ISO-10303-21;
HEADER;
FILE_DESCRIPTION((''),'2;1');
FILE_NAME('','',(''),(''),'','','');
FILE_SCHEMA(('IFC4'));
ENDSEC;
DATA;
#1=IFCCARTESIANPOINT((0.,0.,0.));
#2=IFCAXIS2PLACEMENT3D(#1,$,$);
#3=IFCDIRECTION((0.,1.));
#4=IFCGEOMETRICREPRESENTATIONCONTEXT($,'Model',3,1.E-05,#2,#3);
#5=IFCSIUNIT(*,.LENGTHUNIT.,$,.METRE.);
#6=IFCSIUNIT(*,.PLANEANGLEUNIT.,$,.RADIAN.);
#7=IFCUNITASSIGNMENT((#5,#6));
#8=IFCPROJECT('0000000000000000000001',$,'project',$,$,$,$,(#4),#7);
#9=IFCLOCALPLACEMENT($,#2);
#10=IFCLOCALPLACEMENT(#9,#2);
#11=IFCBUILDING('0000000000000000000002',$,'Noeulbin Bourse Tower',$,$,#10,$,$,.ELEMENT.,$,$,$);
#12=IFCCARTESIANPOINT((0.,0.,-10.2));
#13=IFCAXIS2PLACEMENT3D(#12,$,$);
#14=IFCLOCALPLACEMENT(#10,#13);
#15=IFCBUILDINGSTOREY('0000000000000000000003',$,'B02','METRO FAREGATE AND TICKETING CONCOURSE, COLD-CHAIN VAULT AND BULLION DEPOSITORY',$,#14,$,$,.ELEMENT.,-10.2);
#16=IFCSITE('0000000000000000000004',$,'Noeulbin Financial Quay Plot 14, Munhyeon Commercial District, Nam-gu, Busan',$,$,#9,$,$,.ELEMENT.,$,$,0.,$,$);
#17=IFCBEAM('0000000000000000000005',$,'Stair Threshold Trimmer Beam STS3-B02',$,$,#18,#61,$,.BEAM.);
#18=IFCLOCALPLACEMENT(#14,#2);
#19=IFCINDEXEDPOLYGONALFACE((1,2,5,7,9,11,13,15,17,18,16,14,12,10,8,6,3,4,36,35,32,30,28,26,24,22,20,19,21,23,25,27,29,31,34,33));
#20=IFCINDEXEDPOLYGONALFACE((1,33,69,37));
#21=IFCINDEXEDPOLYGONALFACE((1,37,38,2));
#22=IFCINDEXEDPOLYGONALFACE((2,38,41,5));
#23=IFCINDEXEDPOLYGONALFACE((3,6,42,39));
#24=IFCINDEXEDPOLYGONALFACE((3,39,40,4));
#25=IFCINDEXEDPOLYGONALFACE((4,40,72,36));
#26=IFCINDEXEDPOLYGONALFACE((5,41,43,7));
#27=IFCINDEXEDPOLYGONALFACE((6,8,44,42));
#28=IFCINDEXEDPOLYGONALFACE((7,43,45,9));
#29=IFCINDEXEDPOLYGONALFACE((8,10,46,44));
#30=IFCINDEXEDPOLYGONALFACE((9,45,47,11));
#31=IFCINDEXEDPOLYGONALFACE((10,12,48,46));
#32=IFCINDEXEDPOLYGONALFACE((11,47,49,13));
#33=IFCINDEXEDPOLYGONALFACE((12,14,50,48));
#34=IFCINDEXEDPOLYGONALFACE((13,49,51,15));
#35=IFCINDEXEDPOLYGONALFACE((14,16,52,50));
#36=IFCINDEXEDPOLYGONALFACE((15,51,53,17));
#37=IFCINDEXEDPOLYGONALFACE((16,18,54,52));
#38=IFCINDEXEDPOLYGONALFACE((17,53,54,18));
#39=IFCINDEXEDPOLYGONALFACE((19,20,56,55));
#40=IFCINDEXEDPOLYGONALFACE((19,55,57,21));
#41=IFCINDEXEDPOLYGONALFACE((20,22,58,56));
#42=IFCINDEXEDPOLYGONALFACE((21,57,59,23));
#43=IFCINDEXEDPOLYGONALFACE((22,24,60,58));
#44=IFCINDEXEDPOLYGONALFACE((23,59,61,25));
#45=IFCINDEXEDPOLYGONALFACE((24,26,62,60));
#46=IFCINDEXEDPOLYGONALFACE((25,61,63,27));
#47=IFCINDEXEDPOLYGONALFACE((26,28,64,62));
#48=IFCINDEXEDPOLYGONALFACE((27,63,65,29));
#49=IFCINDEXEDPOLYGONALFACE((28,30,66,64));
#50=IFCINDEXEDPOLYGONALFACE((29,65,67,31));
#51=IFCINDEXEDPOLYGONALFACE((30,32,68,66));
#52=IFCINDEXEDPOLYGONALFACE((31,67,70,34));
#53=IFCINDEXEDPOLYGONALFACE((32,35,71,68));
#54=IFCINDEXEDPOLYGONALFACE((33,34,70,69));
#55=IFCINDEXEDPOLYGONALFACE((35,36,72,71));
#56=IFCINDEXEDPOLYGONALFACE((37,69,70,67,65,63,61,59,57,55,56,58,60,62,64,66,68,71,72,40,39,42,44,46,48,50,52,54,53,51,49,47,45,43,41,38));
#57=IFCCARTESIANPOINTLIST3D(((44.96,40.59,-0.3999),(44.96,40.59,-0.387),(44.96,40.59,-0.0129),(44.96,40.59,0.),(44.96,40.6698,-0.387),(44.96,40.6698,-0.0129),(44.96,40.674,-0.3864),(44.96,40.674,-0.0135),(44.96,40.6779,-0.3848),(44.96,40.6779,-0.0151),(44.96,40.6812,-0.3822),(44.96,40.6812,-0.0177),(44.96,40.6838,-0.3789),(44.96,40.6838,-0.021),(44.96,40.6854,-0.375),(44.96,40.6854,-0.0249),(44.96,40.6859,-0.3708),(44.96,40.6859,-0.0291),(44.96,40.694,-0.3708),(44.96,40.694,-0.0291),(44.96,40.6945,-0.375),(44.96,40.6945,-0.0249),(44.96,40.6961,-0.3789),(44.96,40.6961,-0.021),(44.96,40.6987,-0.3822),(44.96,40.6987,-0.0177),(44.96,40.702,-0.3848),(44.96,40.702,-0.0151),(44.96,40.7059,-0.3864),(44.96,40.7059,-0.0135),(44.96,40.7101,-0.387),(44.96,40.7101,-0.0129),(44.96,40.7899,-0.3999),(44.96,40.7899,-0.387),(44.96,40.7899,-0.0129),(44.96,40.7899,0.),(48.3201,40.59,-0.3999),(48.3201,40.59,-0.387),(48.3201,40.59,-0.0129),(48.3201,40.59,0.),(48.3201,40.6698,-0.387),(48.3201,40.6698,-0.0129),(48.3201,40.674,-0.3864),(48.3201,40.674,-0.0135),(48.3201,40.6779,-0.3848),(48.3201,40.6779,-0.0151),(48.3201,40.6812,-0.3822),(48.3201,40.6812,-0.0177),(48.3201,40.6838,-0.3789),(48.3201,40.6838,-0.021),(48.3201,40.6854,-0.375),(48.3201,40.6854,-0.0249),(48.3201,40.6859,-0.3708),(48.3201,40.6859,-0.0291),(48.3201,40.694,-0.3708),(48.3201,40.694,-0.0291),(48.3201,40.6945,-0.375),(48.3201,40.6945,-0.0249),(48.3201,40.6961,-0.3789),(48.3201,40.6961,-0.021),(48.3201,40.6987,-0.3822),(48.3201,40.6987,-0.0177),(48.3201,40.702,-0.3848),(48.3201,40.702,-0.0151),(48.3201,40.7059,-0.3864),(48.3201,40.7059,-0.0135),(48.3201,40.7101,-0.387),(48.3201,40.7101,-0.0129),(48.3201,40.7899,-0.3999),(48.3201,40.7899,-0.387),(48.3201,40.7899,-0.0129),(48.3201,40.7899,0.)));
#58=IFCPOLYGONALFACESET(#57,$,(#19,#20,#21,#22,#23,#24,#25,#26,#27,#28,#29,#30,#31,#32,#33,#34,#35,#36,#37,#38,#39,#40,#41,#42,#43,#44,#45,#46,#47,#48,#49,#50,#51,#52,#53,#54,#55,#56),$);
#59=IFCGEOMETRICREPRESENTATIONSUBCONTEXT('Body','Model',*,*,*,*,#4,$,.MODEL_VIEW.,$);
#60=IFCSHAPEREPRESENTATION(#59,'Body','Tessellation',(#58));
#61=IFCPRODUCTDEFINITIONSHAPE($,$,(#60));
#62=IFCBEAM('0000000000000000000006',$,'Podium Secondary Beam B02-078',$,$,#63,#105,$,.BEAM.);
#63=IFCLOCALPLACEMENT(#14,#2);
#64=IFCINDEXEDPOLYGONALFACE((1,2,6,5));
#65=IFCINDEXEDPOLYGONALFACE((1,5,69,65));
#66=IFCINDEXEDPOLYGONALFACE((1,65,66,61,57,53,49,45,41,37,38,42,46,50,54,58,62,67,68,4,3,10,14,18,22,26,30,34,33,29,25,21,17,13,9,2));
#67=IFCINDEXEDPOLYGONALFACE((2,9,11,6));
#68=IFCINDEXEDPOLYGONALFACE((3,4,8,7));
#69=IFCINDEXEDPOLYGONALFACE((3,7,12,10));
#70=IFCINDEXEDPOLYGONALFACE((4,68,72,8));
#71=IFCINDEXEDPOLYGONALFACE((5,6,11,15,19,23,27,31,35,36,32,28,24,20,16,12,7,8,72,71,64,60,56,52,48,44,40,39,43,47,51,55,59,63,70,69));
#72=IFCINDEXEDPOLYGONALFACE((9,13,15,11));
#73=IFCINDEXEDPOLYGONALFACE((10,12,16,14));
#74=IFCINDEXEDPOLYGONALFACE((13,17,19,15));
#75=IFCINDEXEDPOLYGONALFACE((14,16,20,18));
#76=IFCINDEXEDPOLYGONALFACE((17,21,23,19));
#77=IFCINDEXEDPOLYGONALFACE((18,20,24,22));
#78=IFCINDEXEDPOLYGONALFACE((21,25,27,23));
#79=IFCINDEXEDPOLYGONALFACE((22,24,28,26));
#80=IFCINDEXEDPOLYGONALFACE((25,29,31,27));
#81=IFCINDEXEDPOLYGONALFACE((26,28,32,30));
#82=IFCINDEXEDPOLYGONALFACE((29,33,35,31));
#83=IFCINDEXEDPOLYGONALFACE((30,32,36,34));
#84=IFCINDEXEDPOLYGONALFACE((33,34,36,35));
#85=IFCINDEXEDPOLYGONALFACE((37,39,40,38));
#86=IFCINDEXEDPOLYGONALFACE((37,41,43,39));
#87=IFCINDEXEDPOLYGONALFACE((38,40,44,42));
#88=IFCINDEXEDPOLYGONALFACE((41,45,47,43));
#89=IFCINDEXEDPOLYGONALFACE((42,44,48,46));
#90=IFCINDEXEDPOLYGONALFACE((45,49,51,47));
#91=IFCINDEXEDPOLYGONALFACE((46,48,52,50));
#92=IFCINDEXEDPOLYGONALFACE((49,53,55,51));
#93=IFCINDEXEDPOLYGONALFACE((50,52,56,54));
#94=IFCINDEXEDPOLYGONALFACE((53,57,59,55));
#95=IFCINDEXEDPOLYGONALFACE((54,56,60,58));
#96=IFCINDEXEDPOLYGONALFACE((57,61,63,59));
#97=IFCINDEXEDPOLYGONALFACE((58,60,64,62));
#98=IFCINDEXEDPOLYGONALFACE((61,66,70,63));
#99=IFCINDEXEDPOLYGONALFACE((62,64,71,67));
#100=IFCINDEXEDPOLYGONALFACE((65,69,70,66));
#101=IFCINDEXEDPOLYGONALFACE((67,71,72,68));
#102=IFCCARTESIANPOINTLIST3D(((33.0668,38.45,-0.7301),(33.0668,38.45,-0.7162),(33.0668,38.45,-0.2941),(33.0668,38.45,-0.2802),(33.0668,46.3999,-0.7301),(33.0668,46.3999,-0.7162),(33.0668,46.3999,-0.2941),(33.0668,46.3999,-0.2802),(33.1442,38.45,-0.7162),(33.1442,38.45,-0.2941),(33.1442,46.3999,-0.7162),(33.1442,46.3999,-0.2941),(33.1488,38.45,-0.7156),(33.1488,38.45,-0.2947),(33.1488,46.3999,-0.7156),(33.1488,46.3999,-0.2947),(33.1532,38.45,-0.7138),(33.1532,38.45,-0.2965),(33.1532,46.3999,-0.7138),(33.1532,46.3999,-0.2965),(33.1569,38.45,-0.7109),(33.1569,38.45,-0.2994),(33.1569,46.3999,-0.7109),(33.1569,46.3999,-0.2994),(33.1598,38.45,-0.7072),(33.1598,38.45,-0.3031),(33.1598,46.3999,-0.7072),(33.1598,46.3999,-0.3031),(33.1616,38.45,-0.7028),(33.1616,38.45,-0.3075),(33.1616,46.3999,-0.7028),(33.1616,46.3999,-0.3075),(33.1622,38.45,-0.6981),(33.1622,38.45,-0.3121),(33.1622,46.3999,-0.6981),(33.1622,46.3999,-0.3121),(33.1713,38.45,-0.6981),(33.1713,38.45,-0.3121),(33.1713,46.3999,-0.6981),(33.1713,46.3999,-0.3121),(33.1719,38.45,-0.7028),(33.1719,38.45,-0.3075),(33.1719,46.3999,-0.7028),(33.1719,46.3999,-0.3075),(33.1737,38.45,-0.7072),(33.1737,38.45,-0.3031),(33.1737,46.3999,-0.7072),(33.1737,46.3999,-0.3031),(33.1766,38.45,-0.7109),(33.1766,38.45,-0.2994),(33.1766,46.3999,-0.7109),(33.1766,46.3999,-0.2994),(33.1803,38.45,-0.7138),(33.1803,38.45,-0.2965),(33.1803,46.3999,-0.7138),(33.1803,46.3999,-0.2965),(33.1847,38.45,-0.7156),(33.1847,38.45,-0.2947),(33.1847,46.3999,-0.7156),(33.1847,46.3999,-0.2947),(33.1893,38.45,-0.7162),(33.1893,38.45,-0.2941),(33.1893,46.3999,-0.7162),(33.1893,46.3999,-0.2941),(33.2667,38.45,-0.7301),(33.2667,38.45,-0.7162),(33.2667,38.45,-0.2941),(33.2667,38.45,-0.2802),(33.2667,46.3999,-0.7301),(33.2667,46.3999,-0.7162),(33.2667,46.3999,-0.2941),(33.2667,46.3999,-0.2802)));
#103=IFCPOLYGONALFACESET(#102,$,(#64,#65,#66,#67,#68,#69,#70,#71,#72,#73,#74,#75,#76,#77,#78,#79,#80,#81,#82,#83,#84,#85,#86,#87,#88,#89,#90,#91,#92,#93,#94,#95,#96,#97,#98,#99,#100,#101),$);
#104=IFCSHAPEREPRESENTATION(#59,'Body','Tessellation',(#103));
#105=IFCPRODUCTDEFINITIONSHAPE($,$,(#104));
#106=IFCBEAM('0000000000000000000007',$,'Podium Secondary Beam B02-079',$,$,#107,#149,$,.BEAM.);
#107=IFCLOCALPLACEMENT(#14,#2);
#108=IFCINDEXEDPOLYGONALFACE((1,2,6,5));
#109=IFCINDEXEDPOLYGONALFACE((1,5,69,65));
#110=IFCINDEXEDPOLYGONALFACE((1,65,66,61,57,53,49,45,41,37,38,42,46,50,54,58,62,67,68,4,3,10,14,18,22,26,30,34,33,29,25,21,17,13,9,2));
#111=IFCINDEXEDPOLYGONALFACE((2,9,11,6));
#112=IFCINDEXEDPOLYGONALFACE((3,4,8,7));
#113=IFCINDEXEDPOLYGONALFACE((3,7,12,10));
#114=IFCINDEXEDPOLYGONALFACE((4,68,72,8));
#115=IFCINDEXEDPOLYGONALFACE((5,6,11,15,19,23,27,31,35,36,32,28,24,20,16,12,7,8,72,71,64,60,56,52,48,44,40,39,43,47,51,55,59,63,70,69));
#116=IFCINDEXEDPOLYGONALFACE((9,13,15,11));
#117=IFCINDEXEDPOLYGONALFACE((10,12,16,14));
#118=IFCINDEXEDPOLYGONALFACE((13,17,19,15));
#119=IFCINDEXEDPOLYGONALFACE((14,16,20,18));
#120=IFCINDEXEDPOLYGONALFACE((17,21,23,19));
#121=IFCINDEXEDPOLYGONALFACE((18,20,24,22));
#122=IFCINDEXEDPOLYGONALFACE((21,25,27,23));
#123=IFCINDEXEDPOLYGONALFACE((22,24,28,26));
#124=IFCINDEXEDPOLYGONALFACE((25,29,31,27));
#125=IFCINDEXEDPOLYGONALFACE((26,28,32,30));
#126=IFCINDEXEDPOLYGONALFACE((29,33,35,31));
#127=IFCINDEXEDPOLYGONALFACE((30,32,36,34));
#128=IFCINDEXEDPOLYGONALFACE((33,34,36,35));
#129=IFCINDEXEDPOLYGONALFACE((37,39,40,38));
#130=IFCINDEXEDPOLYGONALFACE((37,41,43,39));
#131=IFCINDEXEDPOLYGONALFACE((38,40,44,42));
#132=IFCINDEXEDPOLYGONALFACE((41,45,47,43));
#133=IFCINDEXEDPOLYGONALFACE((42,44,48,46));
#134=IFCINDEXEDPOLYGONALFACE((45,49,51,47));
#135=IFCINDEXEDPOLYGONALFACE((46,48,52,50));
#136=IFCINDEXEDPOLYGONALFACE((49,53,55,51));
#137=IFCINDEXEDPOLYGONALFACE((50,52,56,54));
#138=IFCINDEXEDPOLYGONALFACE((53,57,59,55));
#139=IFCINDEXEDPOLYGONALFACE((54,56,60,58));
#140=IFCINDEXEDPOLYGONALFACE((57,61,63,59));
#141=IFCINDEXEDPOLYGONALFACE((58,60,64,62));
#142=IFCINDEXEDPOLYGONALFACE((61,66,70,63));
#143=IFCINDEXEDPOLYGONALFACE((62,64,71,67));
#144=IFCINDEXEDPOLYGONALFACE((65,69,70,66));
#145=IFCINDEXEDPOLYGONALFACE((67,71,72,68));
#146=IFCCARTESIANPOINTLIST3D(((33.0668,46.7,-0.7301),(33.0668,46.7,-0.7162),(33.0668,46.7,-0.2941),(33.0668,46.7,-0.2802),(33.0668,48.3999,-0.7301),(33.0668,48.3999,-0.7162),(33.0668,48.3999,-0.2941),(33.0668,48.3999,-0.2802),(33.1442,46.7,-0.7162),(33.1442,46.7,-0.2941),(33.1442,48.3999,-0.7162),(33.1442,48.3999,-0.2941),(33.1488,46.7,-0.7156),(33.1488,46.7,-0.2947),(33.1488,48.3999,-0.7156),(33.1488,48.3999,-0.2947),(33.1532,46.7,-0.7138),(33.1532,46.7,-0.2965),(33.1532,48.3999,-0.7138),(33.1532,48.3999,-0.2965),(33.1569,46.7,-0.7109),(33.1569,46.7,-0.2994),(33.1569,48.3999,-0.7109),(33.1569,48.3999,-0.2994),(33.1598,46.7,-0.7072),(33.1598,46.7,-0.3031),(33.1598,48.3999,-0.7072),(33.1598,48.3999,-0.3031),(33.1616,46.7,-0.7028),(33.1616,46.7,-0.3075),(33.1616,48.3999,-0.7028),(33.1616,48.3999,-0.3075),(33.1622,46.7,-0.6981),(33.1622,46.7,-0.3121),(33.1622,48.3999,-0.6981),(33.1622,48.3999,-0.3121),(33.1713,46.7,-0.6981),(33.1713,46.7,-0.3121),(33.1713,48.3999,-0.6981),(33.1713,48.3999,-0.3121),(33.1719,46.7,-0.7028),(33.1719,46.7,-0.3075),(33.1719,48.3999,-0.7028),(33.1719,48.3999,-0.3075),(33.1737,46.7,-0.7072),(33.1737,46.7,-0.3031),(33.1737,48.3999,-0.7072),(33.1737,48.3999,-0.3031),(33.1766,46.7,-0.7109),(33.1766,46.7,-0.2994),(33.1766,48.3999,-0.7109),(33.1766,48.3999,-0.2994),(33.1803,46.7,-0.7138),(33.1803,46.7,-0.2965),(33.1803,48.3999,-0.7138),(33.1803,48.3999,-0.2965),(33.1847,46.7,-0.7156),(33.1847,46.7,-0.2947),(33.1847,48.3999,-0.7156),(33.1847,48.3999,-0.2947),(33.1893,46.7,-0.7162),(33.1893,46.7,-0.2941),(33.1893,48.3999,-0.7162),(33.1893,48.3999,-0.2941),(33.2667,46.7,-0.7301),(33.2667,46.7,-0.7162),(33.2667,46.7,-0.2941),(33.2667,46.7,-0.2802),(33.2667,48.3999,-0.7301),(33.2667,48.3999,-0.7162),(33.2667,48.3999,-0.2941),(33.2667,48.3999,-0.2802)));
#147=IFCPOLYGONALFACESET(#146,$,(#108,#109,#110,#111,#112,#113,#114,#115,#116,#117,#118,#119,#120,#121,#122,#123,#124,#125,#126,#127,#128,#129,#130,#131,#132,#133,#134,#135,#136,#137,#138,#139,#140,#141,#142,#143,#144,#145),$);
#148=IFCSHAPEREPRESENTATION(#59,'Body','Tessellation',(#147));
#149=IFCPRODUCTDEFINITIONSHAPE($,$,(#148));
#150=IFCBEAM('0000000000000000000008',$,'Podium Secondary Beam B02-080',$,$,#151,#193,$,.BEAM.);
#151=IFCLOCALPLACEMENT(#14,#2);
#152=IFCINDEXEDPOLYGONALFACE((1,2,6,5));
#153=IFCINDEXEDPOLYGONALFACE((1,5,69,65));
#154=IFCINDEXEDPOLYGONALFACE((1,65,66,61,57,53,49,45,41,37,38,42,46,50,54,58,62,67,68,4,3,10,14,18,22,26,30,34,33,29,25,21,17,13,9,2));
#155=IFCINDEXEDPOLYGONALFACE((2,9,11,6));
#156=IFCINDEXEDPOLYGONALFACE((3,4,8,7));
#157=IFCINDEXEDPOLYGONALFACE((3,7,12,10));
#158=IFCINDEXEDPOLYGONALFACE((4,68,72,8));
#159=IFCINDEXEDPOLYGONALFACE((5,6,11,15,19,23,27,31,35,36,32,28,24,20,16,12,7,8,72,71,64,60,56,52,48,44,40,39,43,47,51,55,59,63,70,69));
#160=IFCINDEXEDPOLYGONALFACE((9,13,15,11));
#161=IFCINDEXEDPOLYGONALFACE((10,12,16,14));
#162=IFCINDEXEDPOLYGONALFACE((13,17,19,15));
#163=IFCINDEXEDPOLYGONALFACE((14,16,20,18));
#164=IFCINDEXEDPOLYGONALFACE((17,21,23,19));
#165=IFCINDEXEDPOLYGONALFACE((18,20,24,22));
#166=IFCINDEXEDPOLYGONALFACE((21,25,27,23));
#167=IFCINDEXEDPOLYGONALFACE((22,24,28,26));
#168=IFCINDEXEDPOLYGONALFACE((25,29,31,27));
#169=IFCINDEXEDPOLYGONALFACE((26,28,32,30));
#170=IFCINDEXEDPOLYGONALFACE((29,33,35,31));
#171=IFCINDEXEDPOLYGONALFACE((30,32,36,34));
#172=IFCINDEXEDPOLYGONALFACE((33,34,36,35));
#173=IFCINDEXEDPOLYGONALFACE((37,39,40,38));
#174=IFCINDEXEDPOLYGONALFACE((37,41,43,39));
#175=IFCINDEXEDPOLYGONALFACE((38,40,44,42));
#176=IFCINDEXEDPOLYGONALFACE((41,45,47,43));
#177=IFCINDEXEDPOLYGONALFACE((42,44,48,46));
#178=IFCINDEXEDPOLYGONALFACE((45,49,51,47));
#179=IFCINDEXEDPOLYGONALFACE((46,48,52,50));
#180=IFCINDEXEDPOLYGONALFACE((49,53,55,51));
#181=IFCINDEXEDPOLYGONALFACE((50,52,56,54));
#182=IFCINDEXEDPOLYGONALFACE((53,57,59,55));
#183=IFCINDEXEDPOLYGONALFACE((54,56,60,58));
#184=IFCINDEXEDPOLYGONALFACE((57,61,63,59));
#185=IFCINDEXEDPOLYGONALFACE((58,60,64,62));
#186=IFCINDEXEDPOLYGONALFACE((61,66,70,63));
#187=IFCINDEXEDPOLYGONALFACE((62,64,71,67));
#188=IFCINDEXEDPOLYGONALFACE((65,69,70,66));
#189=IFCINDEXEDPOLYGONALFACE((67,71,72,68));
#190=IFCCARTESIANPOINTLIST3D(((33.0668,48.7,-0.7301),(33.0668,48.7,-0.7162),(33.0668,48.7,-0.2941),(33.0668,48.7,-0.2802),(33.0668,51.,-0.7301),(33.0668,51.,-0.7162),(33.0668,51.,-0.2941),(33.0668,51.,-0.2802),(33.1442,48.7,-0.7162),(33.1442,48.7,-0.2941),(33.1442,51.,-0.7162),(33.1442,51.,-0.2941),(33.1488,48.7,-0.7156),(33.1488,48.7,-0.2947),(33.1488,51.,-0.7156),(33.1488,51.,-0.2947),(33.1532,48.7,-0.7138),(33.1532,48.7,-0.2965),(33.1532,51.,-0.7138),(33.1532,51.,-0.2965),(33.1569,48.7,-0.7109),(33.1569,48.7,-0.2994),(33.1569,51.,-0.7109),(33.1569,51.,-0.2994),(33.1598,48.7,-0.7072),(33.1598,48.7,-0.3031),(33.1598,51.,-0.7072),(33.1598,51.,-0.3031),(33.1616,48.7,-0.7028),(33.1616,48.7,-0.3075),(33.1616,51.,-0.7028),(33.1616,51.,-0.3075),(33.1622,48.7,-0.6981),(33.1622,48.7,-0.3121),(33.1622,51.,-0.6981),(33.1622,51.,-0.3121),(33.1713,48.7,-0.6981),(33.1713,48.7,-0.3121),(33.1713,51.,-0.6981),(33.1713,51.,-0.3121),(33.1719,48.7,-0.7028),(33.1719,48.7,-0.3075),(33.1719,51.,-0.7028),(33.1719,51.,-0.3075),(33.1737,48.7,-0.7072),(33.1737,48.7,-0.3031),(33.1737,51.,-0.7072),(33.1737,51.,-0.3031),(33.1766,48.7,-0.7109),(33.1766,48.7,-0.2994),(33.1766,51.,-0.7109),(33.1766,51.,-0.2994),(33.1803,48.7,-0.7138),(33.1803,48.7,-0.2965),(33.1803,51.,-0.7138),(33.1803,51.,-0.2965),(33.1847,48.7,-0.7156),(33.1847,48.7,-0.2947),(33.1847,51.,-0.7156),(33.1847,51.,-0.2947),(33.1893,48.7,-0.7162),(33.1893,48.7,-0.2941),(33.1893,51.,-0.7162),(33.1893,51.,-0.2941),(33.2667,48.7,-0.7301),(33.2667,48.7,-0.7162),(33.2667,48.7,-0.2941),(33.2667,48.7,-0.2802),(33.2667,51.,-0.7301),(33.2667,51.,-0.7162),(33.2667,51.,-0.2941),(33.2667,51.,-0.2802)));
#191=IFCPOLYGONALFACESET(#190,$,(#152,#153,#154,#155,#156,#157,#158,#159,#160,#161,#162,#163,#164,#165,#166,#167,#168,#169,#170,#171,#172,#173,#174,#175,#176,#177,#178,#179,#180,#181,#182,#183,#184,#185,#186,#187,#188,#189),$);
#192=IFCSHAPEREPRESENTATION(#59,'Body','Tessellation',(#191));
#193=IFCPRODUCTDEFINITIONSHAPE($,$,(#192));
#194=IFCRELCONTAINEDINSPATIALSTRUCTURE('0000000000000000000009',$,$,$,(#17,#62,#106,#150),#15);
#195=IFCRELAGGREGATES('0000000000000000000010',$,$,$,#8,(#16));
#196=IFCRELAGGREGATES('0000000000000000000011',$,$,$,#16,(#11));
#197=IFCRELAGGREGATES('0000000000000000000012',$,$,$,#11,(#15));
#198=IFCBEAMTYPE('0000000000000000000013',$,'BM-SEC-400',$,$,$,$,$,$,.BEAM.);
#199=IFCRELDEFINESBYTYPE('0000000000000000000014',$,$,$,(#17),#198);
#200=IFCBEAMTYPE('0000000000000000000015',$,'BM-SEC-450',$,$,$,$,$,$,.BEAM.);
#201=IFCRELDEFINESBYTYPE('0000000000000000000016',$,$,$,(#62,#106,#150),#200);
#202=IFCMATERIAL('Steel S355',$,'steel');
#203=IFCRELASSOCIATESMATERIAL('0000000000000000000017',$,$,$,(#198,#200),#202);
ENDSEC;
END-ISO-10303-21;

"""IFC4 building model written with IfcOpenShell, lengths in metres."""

from ifc_helpers import new_model, si_unit, direction, frame, origin, origin_2d, place, context, subcontext, project, spatial, i_section, extrude, material, material_profile, profile_set, type_object, element, save


model = new_model("IFC4")

# Units and contexts
model_context = context("Model", 3, precision=1e-05, world=origin(), true_north=direction((0.0, 1.0)))
body_context = subcontext(model_context, "Body", "Model", "MODEL_VIEW")
ifc_project = project(units=[si_unit("LENGTHUNIT", "METRE"), si_unit("PLANEANGLEUNIT", "RADIAN")], contexts=[model_context])

# Site, building, storey
site_placement = place(None, origin())
site = spatial("IfcSite", under=ifc_project, at=site_placement, Name="Noeulbin Financial Quay Plot 14, Munhyeon Commercial District, Nam-gu, Busan", CompositionType="ELEMENT", RefElevation=0.0)
building_placement = place(site_placement, origin())
building = spatial("IfcBuilding", under=site, at=building_placement, Name="Noeulbin Bourse Tower", CompositionType="ELEMENT")
storey_placement = place(building_placement, frame((0.0, 0.0, -10.2)))
storey = spatial("IfcBuildingStorey", under=building, at=storey_placement, Name="B02", Description="METRO FAREGATE AND TICKETING CONCOURSE, COLD-CHAIN VAULT AND BULLION DEPOSITORY", CompositionType="ELEMENT", Elevation=-10.2)

# Beams
ifc_material_1 = material(Name="Steel S355", Category="steel")
ifc_material_profile_1 = material_profile(ifc_material_1, i_section(OverallWidth=0.2, OverallDepth=0.3999, WebThickness=0.0081, FlangeThickness=0.0129, FilletRadius=0.0161, at=origin_2d()), Name="H-400x200x8x13", Category="LoadBearing")
ifc_profile_set_1 = profile_set([ifc_material_profile_1], Name="Steel S355")
beam_type_1 = type_object("IfcBeamType", Name="BM-SEC-400", PredefinedType="BEAM", material=ifc_profile_set_1)
beam_1_placement = place(storey_placement, frame((44.96, 40.6899, -0.2), z_axis=(1.0, 0.0, 0.0), x_axis=(0.0, 1.0, 0.0)))
element("IfcBeam", 1, at=beam_1_placement, inside=storey, type_object=beam_type_1, Name="Stair Threshold Trimmer Beam STS3-B02", PredefinedType="BEAM", context=body_context, shape_type="SweptSolid", body=[
    extrude(i_section(OverallWidth=0.2, OverallDepth=0.3999, WebThickness=0.0081, FlangeThickness=0.0129, FilletRadius=0.0161, at=origin_2d()), origin(), (0.0, 0.0, 1.0), 3.3601),
])
ifc_material_profile_2 = material_profile(ifc_material_1, i_section(OverallWidth=0.2, OverallDepth=0.45, WebThickness=0.009, FlangeThickness=0.0139, FilletRadius=0.0181, at=origin_2d()), Name="H-450x200x9x14", Category="LoadBearing")
ifc_profile_set_2 = profile_set([ifc_material_profile_2], Name="Steel S355")
beam_type_2 = type_object("IfcBeamType", Name="BM-SEC-450", PredefinedType="BEAM", material=ifc_profile_set_2)
beam_2_placement = place(storey_placement, frame((33.1667, 38.45, -0.5051), z_axis=(0.0, 1.0, 0.0), x_axis=(-1.0, 0.0, 0.0)))
element("IfcBeam", 2, at=beam_2_placement, inside=storey, type_object=beam_type_2, Name="Podium Secondary Beam B02-078", PredefinedType="BEAM", context=body_context, shape_type="SweptSolid", body=[
    extrude(i_section(OverallWidth=0.2, OverallDepth=0.45, WebThickness=0.009, FlangeThickness=0.0139, FilletRadius=0.0181, at=origin_2d()), origin(), (0.0, 0.0, 1.0), 7.95),
])
beam_3_placement = place(storey_placement, frame((33.1667, 46.7, -0.5051), z_axis=(0.0, 1.0, 0.0), x_axis=(-1.0, 0.0, 0.0)))
element("IfcBeam", 3, at=beam_3_placement, inside=storey, type_object=beam_type_2, Name="Podium Secondary Beam B02-079", PredefinedType="BEAM", context=body_context, shape_type="SweptSolid", body=[
    extrude(i_section(OverallWidth=0.2, OverallDepth=0.45, WebThickness=0.009, FlangeThickness=0.0139, FilletRadius=0.0181, at=origin_2d()), origin(), (0.0, 0.0, 1.0), 1.7),
])
beam_4_placement = place(storey_placement, frame((33.1667, 48.7, -0.5051), z_axis=(0.0, 1.0, 0.0), x_axis=(-1.0, 0.0, 0.0)))
element("IfcBeam", 4, at=beam_4_placement, inside=storey, type_object=beam_type_2, Name="Podium Secondary Beam B02-080", PredefinedType="BEAM", context=body_context, shape_type="SweptSolid", body=[
    extrude(i_section(OverallWidth=0.2, OverallDepth=0.45, WebThickness=0.009, FlangeThickness=0.0139, FilletRadius=0.0181, at=origin_2d()), origin(), (0.0, 0.0, 1.0), 2.3),
])

save(model, "model.ifc")
